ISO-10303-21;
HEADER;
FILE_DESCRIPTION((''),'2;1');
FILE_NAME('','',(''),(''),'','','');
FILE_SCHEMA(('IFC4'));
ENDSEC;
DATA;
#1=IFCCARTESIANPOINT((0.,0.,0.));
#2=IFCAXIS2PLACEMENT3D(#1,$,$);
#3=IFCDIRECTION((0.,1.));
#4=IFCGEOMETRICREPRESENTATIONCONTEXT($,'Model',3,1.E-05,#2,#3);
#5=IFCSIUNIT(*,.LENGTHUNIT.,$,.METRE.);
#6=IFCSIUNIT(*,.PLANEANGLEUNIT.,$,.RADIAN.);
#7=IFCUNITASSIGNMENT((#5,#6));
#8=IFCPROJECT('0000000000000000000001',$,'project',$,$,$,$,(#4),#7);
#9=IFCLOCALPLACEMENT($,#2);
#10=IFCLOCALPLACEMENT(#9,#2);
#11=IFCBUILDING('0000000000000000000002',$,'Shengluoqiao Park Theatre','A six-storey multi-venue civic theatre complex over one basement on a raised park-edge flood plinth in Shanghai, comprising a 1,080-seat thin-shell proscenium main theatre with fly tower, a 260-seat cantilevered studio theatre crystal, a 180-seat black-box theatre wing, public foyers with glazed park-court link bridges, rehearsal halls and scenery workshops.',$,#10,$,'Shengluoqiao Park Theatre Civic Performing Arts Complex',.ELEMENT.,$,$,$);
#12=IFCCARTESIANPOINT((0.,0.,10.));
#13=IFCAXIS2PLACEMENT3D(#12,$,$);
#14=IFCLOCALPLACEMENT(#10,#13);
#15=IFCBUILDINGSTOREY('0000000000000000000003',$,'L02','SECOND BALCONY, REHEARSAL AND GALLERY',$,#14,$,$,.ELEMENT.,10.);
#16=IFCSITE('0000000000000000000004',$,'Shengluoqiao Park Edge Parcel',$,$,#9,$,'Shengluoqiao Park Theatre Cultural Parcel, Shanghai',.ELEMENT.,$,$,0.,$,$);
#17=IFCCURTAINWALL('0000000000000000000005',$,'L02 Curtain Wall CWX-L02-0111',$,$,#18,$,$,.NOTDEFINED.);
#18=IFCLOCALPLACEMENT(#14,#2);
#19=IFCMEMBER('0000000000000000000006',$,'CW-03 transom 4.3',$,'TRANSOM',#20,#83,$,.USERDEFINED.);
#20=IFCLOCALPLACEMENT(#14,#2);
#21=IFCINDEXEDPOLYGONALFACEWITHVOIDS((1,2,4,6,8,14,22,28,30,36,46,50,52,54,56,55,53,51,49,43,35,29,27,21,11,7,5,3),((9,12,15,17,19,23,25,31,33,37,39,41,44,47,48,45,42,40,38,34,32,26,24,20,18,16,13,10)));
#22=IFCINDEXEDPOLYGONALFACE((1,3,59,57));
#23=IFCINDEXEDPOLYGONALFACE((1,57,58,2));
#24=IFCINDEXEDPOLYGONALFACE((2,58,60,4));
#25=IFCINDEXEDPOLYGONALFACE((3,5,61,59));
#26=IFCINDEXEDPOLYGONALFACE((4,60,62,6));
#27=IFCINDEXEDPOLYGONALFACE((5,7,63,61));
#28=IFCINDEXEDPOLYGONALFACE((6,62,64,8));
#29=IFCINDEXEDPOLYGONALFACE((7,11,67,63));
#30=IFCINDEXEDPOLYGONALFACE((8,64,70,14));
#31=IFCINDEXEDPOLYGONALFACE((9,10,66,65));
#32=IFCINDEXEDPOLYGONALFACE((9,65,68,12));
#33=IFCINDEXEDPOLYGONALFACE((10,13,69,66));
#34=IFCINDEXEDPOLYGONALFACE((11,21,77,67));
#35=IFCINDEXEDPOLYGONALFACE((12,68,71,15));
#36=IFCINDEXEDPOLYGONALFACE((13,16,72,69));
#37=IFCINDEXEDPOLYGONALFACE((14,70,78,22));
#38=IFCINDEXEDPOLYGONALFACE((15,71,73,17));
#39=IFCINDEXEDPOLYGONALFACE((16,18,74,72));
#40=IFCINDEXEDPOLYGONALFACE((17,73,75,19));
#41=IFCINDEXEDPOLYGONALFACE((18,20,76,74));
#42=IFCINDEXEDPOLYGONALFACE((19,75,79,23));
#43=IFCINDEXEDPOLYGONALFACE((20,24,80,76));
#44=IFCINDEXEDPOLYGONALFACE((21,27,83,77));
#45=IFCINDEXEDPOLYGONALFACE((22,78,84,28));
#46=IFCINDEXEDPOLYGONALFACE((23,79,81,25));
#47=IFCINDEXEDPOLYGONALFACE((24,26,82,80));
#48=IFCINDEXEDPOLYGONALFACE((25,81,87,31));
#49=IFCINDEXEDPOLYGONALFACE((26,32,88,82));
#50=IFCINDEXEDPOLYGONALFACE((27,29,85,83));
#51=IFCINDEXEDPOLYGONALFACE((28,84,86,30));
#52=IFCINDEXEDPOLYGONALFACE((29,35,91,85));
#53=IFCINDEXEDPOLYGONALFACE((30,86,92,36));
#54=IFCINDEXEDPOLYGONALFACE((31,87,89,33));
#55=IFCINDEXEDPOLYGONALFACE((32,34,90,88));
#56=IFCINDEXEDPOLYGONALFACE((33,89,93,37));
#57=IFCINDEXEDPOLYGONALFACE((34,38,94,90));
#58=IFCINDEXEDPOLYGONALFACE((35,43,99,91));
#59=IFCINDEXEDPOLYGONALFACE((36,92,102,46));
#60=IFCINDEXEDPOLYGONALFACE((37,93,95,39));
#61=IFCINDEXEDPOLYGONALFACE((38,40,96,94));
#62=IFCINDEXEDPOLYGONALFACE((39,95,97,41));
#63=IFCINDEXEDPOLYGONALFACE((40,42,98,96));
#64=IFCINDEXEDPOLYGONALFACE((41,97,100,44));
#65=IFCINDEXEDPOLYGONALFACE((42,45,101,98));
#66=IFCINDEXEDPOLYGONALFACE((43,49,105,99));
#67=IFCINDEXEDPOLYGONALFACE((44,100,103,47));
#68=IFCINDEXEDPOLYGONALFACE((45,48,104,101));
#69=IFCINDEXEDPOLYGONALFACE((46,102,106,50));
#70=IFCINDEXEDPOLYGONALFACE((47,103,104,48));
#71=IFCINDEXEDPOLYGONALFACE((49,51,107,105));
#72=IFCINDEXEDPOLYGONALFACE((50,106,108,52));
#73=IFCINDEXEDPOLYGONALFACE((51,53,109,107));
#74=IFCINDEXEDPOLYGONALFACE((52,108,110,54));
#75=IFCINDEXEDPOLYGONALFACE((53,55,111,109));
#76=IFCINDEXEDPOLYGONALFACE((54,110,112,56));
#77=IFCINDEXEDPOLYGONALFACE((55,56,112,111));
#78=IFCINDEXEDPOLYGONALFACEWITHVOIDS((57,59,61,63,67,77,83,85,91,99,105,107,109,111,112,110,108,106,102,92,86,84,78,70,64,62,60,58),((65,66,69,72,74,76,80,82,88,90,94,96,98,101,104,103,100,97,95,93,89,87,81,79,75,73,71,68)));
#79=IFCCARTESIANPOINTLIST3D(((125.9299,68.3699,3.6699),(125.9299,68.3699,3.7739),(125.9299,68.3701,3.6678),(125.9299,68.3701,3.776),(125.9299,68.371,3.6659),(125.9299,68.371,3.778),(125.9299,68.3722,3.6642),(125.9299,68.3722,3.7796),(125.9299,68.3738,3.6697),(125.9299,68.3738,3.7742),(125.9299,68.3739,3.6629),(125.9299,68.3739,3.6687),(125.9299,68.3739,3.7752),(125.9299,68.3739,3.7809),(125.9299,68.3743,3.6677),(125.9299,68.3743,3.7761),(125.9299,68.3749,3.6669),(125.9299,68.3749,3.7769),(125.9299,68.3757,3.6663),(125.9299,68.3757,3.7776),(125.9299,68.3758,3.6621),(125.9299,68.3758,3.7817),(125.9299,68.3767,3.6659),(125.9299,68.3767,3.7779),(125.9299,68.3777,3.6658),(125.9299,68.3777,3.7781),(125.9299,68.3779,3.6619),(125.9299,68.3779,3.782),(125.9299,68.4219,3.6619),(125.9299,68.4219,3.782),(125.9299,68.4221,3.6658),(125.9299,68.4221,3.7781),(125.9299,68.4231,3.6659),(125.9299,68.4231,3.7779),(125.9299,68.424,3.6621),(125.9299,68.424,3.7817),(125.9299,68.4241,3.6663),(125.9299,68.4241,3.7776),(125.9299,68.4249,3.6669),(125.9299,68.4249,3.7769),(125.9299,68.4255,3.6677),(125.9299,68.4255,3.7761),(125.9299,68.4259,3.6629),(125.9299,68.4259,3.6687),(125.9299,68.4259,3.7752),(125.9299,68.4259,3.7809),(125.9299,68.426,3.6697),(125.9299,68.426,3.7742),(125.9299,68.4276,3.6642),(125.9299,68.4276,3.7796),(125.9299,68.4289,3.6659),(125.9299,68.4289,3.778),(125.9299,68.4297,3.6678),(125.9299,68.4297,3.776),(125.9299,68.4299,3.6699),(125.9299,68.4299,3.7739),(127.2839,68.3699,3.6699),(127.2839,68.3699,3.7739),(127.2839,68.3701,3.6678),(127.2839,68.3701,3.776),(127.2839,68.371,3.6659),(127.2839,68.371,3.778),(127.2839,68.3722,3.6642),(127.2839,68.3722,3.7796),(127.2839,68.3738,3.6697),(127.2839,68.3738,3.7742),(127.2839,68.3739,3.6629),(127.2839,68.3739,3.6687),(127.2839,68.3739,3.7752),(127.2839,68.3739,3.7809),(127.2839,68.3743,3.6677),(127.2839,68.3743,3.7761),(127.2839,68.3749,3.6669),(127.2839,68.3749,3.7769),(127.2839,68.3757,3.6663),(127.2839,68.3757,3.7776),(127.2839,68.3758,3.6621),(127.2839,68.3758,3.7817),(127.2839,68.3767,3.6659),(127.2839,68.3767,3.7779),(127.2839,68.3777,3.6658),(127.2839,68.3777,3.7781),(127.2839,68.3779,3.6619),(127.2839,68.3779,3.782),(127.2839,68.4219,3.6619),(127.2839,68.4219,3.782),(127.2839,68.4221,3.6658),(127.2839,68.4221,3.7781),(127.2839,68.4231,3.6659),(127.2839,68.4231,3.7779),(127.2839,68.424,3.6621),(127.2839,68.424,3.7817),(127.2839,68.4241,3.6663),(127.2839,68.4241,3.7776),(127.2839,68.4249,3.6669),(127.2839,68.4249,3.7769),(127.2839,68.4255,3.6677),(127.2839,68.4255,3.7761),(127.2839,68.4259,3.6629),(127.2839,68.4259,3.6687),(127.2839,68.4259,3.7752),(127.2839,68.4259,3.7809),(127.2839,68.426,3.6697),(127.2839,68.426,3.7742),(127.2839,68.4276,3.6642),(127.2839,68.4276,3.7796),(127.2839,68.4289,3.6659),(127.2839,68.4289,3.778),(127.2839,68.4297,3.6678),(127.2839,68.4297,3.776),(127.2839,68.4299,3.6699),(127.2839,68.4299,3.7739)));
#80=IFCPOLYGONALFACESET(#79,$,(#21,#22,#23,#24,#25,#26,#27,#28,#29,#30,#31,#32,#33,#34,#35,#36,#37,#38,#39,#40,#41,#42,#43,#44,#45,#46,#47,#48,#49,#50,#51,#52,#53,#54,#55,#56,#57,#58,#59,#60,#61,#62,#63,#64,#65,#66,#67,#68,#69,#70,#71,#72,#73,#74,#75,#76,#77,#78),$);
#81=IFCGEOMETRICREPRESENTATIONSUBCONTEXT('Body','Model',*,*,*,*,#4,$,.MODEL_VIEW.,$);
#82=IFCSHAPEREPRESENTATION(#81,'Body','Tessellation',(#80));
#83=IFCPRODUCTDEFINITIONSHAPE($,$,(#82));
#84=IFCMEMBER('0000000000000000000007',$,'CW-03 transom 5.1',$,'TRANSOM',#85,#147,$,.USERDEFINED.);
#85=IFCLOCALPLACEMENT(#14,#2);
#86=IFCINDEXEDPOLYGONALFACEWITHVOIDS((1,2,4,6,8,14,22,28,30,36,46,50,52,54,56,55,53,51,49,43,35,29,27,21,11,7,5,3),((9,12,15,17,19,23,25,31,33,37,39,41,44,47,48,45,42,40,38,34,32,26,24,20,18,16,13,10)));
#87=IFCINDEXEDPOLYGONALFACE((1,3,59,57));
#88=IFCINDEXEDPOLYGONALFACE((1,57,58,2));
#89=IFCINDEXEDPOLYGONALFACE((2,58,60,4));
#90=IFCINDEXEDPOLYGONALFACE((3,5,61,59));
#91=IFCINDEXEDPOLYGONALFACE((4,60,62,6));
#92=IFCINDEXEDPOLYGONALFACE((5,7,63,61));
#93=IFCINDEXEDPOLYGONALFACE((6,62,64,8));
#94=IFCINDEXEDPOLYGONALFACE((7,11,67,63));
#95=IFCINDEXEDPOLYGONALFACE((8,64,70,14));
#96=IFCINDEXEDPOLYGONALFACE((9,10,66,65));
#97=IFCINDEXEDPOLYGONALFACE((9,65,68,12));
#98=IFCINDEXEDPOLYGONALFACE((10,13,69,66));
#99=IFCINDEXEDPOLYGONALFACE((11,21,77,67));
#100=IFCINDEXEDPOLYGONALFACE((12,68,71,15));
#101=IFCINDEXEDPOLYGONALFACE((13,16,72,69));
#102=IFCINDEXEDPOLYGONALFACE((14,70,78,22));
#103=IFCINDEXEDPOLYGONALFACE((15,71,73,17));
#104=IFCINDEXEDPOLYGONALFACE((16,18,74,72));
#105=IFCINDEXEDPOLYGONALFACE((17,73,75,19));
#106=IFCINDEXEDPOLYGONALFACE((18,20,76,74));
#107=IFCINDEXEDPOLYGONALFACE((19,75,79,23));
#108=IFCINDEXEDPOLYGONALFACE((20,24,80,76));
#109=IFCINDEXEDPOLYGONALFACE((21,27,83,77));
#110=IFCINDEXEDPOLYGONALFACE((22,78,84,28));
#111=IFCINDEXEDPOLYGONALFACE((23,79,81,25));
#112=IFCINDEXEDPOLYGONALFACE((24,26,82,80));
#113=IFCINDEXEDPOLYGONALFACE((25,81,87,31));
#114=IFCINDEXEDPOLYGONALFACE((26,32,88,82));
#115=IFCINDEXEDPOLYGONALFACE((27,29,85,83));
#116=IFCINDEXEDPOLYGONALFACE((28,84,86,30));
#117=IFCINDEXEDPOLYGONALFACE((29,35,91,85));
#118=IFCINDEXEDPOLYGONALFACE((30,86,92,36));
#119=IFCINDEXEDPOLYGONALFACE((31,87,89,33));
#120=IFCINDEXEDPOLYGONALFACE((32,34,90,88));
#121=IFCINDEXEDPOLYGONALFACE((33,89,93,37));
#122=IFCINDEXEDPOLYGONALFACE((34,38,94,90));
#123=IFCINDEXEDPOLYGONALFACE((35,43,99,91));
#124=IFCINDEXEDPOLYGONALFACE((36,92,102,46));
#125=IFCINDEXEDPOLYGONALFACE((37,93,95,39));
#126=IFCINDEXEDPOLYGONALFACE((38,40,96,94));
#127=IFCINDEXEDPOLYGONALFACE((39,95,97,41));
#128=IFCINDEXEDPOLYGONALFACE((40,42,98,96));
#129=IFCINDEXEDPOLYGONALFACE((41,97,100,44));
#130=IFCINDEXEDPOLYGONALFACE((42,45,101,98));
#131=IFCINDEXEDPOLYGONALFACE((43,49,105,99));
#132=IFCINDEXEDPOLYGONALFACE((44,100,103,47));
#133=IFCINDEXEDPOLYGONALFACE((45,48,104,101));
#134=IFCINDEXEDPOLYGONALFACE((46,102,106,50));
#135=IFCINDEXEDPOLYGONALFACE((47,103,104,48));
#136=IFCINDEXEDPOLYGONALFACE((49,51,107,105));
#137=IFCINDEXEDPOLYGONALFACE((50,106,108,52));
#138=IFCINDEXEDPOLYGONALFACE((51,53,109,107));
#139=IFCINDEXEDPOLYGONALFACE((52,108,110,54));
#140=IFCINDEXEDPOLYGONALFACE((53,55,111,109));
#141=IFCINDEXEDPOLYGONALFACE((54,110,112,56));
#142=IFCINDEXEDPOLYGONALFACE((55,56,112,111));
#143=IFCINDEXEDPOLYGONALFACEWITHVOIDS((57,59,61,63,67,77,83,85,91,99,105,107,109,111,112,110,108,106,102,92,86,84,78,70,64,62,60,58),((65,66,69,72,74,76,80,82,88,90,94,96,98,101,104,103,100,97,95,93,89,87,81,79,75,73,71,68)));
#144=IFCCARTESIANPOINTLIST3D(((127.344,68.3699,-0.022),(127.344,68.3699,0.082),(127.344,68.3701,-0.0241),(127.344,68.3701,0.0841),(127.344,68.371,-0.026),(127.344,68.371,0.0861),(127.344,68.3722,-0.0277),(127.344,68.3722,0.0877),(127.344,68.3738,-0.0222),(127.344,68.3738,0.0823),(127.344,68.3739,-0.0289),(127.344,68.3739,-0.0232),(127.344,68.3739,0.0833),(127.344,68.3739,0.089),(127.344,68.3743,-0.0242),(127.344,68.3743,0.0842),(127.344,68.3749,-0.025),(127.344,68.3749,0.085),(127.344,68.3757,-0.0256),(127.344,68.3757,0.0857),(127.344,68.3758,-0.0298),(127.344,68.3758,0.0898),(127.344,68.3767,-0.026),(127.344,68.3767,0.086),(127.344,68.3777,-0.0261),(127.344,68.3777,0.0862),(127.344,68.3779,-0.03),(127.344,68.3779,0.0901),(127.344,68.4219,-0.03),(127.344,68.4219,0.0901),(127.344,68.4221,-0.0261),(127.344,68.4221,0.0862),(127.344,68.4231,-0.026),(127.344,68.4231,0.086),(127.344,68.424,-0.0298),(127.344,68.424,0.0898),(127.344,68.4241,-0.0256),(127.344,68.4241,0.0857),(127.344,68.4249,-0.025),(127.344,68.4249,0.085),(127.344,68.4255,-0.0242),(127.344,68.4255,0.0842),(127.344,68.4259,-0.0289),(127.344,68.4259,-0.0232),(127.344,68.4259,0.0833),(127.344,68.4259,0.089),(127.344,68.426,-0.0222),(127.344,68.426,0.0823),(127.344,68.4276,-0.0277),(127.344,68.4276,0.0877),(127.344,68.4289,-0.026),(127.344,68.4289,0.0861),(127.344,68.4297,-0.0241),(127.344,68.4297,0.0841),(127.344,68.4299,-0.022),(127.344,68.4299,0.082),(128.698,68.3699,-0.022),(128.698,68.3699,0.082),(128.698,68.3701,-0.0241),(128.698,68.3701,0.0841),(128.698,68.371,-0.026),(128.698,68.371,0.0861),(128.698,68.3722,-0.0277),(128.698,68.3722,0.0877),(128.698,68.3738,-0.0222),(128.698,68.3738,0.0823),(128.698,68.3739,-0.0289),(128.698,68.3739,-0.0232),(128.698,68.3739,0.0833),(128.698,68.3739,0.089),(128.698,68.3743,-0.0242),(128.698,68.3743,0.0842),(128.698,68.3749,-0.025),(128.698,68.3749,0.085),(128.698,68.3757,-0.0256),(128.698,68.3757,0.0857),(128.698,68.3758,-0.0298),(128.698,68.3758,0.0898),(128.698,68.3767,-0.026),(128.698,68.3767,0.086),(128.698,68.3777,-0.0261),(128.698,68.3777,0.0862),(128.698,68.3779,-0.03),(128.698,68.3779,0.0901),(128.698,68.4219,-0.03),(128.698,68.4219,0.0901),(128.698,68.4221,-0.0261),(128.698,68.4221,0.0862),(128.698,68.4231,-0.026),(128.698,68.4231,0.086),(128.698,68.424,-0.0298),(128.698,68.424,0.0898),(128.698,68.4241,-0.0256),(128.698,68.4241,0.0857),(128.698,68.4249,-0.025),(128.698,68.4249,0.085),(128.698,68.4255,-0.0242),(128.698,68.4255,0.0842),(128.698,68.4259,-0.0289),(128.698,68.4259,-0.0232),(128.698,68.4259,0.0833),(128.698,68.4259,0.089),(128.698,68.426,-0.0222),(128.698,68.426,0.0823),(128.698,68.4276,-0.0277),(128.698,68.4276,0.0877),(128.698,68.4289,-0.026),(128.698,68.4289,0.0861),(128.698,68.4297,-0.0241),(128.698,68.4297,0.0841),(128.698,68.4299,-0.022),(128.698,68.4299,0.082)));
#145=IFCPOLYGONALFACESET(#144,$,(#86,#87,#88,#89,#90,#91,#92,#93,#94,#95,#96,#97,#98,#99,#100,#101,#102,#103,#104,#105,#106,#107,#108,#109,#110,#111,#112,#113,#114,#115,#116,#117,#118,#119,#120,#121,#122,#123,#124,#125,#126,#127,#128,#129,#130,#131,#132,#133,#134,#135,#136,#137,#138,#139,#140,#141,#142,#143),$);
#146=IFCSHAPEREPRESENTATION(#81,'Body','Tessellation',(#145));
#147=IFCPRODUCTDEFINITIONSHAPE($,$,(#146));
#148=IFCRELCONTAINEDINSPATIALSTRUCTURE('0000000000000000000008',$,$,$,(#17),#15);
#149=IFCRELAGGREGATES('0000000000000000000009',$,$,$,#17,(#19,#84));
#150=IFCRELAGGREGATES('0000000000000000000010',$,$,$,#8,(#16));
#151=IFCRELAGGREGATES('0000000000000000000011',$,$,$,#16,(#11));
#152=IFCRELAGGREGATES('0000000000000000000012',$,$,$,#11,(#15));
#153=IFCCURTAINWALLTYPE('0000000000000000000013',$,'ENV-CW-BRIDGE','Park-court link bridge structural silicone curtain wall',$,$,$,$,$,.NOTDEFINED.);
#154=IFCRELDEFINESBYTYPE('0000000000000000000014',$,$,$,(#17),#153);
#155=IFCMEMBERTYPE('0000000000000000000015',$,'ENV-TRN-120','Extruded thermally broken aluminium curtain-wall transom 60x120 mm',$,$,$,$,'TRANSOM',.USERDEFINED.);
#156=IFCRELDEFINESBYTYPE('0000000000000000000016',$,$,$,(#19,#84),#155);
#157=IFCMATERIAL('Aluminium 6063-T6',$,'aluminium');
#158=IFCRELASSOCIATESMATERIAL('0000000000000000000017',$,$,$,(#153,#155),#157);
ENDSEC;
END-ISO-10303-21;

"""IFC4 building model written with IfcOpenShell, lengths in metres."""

from ifc_helpers import new_model, si_unit, direction, frame, origin, origin_2d, place, context, subcontext, project, spatial, hollow_rectangle, extrude, material, material_profile, profile_set, type_object, element, aggregate, save


model = new_model("IFC4")

# Units and contexts
model_context = context("Model", 3, precision=1e-05, world=origin(), true_north=direction((0.0, 1.0)))
body_context = subcontext(model_context, "Body", "Model", "MODEL_VIEW")
ifc_project = project(units=[si_unit("LENGTHUNIT", "METRE"), si_unit("PLANEANGLEUNIT", "RADIAN")], contexts=[model_context])

# Site, building, storey
site_placement = place(None, origin())
site = spatial("IfcSite", under=ifc_project, at=site_placement, Name="Shengluoqiao Park Edge Parcel", LongName="Shengluoqiao Park Theatre Cultural Parcel, Shanghai", CompositionType="ELEMENT", RefElevation=0.0)
building_placement = place(site_placement, origin())
building = spatial("IfcBuilding", under=site, at=building_placement, Name="Shengluoqiao Park Theatre", Description="A six-storey multi-venue civic theatre complex over one basement on a raised park-edge flood plinth in Shanghai, comprising a 1,080-seat thin-shell proscenium main theatre with fly tower, a 260-seat cantilevered studio theatre crystal, a 180-seat black-box theatre wing, public foyers with glazed park-court link bridges, rehearsal halls and scenery workshops.", LongName="Shengluoqiao Park Theatre Civic Performing Arts Complex", CompositionType="ELEMENT")
storey_placement = place(building_placement, frame((0.0, 0.0, 10.0)))
storey = spatial("IfcBuildingStorey", under=building, at=storey_placement, Name="L02", Description="SECOND BALCONY, REHEARSAL AND GALLERY", CompositionType="ELEMENT", Elevation=10.0)

# Curtain wall, members
ifc_material_1 = material(Name="Aluminium 6063-T6", Category="aluminium")
curtain_wall_type = type_object("IfcCurtainWallType", Name="ENV-CW-BRIDGE", Description="Park-court link bridge structural silicone curtain wall", PredefinedType="NOTDEFINED", material=ifc_material_1)
curtain_wall_placement = place(storey_placement, origin())
curtain_wall = element("IfcCurtainWall", 1, at=curtain_wall_placement, inside=storey, type_object=curtain_wall_type, Name="L02 Curtain Wall CWX-L02-0111", PredefinedType="NOTDEFINED")
ifc_material_profile_1 = material_profile(ifc_material_1, hollow_rectangle(XDim=0.0601, YDim=0.1201, WallThickness=0.0039, InnerFilletRadius=0.0039, OuterFilletRadius=0.0081, at=origin_2d()), Name="ALU TRANSOM 120x60x4")
ifc_profile_set_1 = profile_set([ifc_material_profile_1], Name="Aluminium 6063-T6")
member_type_1 = type_object("IfcMemberType", Name="ENV-TRN-120", Description="Extruded thermally broken aluminium curtain-wall transom 60x120 mm", ElementType="TRANSOM", PredefinedType="USERDEFINED", material=ifc_profile_set_1)
member_1_placement = place(storey_placement, frame((125.9299, 68.3999, 3.7219), z_axis=(1.0, 0.0, 0.0), x_axis=(0.0, 1.0, 0.0)))
member_1 = element("IfcMember", 2, at=member_1_placement, type_object=member_type_1, Name="CW-03 transom 4.3", ObjectType="TRANSOM", PredefinedType="USERDEFINED", context=body_context, shape_type="SweptSolid", body=[
    extrude(hollow_rectangle(XDim=0.0601, YDim=0.1201, WallThickness=0.0039, InnerFilletRadius=0.0039, OuterFilletRadius=0.0081, at=origin_2d()), origin(), (0.0, 0.0, 1.0), 1.354),
])
member_2_placement = place(storey_placement, frame((127.344, 68.3999, 0.03), z_axis=(1.0, 0.0, 0.0), x_axis=(0.0, 1.0, 0.0)))
member_2 = element("IfcMember", 3, at=member_2_placement, type_object=member_type_1, Name="CW-03 transom 5.1", ObjectType="TRANSOM", PredefinedType="USERDEFINED", context=body_context, shape_type="SweptSolid", body=[
    extrude(hollow_rectangle(XDim=0.0601, YDim=0.1201, WallThickness=0.0039, InnerFilletRadius=0.0039, OuterFilletRadius=0.0081, at=origin_2d()), origin(), (0.0, 0.0, 1.0), 1.354),
])

aggregate(curtain_wall, [member_1, member_2])

save(model, "model.ifc")
